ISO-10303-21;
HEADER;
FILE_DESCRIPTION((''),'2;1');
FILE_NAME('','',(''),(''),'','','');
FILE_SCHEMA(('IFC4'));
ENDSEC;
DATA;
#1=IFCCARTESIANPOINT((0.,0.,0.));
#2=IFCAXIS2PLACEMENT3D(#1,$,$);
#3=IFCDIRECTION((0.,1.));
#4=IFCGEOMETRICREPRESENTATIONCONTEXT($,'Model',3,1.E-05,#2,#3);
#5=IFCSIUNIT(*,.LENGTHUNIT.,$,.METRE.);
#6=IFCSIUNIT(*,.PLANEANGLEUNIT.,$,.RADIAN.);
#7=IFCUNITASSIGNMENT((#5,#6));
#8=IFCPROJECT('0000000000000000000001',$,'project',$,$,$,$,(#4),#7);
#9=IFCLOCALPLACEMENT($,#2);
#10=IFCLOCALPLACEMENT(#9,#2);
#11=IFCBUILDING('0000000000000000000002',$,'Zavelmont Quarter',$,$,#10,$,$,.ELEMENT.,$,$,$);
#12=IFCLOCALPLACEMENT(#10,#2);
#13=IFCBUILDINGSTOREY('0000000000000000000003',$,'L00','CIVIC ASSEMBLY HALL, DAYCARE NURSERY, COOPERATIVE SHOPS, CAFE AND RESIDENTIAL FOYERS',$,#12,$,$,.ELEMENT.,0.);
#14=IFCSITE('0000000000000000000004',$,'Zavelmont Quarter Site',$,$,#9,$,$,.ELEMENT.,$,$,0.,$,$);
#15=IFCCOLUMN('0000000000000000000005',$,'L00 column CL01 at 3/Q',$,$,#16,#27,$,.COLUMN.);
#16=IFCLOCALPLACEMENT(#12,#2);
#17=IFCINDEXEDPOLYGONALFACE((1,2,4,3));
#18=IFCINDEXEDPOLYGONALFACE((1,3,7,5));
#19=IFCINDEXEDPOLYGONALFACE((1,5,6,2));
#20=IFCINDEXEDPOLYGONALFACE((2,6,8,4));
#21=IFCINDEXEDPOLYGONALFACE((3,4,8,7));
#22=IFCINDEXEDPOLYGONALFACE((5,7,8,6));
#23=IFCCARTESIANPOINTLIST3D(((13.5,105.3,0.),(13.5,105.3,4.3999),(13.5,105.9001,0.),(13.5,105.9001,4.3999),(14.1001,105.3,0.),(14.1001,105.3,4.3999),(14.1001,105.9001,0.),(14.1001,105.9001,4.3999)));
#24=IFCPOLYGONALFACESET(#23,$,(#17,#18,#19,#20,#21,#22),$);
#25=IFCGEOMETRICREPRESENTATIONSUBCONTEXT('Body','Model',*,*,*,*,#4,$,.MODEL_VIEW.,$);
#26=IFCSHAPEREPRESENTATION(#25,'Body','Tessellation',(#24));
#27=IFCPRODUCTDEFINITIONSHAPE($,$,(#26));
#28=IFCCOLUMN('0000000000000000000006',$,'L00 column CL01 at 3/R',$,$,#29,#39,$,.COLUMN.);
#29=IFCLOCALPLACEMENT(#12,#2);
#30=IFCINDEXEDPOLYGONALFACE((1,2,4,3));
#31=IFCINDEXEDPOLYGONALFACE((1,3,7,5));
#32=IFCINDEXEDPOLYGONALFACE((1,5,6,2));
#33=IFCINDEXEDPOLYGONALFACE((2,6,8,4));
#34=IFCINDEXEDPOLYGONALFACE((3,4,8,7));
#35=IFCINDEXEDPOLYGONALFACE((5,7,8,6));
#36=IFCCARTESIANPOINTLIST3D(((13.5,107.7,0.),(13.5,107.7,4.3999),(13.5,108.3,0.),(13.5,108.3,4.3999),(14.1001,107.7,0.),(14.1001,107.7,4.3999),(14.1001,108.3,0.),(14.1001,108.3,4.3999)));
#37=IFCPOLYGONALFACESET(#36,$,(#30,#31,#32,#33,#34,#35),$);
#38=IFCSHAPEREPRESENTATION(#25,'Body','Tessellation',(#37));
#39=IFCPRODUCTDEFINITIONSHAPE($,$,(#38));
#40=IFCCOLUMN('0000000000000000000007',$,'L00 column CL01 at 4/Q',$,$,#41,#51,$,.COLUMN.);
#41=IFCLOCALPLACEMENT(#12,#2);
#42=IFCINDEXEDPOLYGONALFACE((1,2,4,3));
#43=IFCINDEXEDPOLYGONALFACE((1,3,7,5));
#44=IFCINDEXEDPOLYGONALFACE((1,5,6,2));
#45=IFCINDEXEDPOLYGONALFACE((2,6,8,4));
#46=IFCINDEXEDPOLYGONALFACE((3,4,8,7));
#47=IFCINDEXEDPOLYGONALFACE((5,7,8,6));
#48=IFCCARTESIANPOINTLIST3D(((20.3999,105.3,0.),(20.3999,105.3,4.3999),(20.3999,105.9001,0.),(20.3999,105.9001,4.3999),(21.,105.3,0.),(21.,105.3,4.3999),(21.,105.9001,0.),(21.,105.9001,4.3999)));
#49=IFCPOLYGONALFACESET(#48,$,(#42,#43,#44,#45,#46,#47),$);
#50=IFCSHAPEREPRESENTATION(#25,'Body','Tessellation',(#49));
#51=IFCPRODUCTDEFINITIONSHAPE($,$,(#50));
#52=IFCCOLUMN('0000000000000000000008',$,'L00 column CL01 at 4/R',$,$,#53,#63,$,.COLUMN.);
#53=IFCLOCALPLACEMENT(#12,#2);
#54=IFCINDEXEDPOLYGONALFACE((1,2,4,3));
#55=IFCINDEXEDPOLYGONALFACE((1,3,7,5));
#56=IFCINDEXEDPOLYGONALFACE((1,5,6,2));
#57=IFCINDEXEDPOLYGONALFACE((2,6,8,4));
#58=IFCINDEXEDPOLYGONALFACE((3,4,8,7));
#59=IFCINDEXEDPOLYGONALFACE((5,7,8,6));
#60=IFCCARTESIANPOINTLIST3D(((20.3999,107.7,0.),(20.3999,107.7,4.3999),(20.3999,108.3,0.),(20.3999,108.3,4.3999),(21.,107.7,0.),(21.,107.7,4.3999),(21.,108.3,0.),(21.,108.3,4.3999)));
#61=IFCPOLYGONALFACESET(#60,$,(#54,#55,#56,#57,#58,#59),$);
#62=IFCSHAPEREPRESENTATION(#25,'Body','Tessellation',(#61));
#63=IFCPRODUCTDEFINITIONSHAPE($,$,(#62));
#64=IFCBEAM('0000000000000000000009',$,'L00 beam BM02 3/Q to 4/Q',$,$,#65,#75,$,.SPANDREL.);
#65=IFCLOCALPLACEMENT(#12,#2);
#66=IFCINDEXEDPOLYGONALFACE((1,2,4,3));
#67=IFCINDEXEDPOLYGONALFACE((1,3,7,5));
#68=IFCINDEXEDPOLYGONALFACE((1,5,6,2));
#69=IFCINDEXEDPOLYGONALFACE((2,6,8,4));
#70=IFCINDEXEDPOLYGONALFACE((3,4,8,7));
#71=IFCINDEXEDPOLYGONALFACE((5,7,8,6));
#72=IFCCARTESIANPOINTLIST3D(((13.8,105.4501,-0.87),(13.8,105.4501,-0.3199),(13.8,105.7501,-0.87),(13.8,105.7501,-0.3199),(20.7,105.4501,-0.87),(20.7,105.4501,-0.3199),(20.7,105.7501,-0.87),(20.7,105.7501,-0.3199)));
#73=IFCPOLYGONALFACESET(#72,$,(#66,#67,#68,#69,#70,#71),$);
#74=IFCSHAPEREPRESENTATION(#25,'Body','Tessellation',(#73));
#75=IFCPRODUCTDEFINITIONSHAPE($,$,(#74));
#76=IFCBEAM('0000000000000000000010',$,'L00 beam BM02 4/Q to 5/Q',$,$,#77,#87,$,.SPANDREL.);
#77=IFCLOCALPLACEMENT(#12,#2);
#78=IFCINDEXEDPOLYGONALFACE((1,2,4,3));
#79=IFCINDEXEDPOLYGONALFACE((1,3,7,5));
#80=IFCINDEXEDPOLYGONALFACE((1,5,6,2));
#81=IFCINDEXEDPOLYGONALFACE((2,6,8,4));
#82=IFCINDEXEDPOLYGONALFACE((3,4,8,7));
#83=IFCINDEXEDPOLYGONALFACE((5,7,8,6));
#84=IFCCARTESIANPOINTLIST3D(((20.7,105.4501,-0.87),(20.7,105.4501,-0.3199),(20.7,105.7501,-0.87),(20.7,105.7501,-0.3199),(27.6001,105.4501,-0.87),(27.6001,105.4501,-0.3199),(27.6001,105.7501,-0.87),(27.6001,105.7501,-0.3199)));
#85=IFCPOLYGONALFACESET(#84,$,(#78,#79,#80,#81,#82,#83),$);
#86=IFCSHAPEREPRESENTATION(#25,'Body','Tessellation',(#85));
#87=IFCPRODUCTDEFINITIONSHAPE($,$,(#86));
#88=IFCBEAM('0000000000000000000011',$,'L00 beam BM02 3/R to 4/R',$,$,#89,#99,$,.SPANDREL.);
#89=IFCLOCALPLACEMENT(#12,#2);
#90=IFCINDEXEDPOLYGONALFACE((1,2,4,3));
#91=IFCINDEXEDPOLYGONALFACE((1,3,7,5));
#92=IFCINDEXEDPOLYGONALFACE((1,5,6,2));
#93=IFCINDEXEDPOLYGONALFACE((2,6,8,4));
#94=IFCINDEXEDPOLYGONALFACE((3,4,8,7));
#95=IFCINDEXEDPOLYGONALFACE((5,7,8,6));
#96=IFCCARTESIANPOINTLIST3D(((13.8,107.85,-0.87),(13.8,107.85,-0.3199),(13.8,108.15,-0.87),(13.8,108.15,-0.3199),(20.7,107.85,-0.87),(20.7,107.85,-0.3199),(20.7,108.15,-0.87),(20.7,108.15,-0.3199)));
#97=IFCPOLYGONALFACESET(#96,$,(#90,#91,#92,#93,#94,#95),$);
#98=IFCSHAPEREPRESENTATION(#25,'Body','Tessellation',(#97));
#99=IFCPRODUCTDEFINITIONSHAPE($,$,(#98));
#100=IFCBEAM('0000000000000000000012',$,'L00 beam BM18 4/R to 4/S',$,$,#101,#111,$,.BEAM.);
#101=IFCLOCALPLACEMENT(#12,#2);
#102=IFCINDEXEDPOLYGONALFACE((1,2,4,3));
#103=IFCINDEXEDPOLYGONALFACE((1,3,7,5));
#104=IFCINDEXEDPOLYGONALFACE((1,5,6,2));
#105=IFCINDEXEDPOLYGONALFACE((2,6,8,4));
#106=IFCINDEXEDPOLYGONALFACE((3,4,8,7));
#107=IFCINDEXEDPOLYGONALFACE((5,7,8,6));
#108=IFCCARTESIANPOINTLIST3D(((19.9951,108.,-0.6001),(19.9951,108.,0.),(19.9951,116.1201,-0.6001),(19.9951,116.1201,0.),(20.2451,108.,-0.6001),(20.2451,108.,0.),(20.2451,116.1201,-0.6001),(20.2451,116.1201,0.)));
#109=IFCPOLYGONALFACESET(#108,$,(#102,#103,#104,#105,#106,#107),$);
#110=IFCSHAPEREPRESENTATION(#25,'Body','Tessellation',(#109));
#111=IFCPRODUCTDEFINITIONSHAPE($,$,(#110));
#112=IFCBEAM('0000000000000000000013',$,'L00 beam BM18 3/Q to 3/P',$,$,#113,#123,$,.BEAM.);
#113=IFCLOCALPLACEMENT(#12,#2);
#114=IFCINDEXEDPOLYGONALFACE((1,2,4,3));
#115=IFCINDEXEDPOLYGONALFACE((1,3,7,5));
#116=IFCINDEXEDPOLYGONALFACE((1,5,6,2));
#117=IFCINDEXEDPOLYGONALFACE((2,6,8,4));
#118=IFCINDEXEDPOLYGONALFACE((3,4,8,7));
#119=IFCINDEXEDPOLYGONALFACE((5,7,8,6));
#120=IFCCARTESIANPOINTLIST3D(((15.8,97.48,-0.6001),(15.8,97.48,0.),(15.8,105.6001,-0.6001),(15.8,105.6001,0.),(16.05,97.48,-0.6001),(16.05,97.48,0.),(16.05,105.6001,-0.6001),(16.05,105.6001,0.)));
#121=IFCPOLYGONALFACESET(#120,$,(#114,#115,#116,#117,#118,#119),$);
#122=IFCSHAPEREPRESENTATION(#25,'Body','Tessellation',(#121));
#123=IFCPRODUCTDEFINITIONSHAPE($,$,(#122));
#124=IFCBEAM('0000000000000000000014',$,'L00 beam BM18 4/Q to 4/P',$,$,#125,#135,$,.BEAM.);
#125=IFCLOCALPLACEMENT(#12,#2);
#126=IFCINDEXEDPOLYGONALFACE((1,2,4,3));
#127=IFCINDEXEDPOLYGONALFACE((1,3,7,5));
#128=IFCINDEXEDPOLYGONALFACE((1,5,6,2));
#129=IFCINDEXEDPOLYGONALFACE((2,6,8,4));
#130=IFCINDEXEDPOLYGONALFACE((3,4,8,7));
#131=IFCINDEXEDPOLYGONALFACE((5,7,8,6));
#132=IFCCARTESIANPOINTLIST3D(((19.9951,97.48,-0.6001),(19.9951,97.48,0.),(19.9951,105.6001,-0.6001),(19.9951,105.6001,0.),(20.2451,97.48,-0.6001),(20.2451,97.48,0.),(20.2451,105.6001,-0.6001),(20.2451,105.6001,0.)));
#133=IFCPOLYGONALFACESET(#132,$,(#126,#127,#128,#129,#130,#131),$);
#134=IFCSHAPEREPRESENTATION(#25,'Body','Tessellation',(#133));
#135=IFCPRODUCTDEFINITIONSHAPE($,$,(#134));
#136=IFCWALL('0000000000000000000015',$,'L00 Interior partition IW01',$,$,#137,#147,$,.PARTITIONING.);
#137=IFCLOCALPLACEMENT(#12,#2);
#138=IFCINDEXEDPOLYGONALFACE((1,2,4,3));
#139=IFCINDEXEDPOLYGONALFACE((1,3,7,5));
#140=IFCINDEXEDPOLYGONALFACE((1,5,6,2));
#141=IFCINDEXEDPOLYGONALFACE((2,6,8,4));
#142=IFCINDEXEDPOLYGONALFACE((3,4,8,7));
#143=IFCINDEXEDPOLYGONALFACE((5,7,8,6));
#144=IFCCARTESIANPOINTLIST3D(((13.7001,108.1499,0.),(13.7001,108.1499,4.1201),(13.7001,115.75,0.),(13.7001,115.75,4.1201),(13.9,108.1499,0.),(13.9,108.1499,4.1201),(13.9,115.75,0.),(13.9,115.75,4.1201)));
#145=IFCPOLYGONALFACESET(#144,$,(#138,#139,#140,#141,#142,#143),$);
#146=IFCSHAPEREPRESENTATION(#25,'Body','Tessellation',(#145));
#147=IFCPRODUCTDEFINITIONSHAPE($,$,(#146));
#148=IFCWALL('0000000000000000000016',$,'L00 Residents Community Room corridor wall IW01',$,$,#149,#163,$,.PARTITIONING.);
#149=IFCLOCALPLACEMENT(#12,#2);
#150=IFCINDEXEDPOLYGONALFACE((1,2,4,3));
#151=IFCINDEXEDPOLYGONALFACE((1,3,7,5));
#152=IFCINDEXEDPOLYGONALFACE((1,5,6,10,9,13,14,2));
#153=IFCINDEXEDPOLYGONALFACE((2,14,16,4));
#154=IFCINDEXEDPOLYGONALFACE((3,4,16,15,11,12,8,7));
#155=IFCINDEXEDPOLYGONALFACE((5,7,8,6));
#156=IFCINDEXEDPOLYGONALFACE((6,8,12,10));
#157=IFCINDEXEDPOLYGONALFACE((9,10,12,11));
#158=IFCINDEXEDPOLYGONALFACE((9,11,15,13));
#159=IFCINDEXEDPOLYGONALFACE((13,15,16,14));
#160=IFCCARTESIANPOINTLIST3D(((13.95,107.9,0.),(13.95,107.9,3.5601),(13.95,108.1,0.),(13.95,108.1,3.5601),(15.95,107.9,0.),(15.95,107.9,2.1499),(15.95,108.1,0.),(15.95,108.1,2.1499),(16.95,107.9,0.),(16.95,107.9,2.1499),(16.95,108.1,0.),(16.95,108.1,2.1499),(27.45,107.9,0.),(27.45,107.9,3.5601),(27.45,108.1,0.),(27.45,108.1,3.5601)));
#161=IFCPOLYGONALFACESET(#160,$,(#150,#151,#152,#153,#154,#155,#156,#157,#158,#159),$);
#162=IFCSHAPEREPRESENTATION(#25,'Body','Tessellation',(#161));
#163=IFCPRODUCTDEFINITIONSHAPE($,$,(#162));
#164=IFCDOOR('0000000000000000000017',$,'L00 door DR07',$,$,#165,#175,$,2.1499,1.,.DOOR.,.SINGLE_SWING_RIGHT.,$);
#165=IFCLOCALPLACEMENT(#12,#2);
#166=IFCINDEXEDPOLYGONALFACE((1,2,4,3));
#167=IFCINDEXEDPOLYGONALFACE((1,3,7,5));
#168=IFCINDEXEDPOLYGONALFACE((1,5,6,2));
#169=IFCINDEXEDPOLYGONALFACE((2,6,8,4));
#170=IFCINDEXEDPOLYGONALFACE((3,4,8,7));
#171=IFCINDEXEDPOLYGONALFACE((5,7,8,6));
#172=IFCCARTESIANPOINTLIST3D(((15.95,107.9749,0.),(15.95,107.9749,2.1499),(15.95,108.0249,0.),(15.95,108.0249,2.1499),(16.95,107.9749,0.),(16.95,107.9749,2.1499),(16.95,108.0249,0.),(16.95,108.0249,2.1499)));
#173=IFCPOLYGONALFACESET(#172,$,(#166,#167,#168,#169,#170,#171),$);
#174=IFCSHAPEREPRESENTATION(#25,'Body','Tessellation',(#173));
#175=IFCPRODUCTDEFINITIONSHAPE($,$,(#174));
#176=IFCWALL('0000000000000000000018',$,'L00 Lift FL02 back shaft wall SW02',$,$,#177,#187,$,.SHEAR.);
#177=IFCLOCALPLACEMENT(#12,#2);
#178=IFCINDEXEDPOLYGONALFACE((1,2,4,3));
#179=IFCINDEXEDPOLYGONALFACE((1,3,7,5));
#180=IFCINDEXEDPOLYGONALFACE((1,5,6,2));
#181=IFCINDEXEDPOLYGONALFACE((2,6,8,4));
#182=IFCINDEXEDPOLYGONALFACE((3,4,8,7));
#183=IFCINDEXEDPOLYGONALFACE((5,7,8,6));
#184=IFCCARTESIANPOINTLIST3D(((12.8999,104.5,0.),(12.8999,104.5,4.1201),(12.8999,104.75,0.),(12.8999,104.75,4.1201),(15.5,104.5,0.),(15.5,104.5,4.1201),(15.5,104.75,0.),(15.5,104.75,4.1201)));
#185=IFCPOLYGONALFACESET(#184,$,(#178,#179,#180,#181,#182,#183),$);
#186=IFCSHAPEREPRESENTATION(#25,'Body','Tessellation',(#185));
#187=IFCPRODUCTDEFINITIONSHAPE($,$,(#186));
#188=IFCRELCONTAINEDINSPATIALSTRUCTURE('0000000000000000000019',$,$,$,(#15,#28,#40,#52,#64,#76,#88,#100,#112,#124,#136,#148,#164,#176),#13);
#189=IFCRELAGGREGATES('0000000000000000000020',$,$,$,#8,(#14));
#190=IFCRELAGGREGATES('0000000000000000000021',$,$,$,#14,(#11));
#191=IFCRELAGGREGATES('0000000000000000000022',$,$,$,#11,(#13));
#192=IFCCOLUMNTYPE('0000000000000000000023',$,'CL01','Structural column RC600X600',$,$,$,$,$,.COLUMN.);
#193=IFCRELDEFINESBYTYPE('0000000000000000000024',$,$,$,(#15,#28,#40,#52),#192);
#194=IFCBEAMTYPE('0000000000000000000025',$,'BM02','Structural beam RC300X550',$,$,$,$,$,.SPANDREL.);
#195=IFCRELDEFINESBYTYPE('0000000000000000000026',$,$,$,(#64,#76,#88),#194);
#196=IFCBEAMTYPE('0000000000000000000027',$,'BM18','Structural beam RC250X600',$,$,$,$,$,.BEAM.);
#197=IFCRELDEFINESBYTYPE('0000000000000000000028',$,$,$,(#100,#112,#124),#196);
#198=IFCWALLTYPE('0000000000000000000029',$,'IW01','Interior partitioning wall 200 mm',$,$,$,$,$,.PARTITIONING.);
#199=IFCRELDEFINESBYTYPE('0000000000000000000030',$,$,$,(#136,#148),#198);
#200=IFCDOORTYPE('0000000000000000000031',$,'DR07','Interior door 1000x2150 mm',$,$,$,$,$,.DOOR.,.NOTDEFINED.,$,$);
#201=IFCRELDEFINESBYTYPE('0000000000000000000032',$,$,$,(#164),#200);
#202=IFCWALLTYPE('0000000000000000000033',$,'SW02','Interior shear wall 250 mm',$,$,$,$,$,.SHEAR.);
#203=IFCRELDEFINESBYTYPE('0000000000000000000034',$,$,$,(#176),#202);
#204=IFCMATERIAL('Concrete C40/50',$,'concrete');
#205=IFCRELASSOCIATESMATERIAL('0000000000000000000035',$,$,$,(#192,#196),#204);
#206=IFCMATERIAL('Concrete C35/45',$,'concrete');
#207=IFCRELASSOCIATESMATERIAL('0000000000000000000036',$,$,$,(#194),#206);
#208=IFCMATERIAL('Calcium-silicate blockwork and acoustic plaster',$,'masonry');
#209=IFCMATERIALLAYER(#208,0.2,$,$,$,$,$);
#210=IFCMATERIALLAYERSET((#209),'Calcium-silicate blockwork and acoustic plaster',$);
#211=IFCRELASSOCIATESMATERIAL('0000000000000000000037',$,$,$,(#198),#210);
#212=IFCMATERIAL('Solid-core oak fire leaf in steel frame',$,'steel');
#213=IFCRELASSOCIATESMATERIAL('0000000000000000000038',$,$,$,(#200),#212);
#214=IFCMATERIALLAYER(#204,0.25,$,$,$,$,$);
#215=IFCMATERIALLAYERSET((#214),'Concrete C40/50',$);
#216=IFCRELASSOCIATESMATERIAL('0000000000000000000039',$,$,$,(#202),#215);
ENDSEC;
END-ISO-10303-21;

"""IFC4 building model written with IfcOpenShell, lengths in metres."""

from ifc_helpers import new_model, si_unit, direction, frame, frame_2d, origin, origin_with_axes, origin_2d, place, context, subcontext, project, spatial, rectangle, extrude, material, layer, layer_set, material_profile, profile_set, type_object, element, fill, save


model = new_model("IFC4")

# Units and contexts
model_context = context("Model", 3, precision=1e-05, world=origin(), true_north=direction((0.0, 1.0)))
body_context = subcontext(model_context, "Body", "Model", "MODEL_VIEW")
ifc_project = project(units=[si_unit("LENGTHUNIT", "METRE"), si_unit("PLANEANGLEUNIT", "RADIAN")], contexts=[model_context])

# Site, building, storey
site_placement = place(None, origin())
site = spatial("IfcSite", under=ifc_project, at=site_placement, Name="Zavelmont Quarter Site", CompositionType="ELEMENT", RefElevation=0.0)
building_placement = place(site_placement, origin())
building = spatial("IfcBuilding", under=site, at=building_placement, Name="Zavelmont Quarter", CompositionType="ELEMENT")
storey_placement = place(building_placement, origin())
storey = spatial("IfcBuildingStorey", under=building, at=storey_placement, Name="L00", Description="CIVIC ASSEMBLY HALL, DAYCARE NURSERY, COOPERATIVE SHOPS, CAFE AND RESIDENTIAL FOYERS", CompositionType="ELEMENT", Elevation=0.0)

# Columns
ifc_material_1 = material(Name="Concrete C40/50", Category="concrete")
ifc_material_profile_1 = material_profile(ifc_material_1, rectangle(XDim=0.6001, YDim=0.6001, at=origin_2d()), Name="RC600X600")
ifc_profile_set_1 = profile_set([ifc_material_profile_1], Name="Concrete C40/50")
column_type = type_object("IfcColumnType", Name="CL01", Description="Structural column RC600X600", PredefinedType="COLUMN", material=ifc_profile_set_1)
for number, where, z_axis, x_axis, name in (
    (1, (13.8, 105.6001, 0.0), (0.0, 0.0, 1.0), (1.0, 0.0, 0.0), "L00 column CL01 at 3/Q"),
    (2, (13.8, 108.0, 0.0), (0.0, 0.0, 1.0), (1.0, 0.0, 0.0), "L00 column CL01 at 3/R"),
    (3, (20.7, 105.6001, 0.0), (0.0, 0.0, 1.0), (1.0, 0.0, 0.0), "L00 column CL01 at 4/Q"),
    (4, (20.7, 108.0, 0.0), (0.0, 0.0, 1.0), (1.0, 0.0, 0.0), "L00 column CL01 at 4/R"),
):
    element("IfcColumn", number, at=place(storey_placement, frame(where, z_axis=z_axis, x_axis=x_axis)), inside=storey, type_object=column_type, Name=name, PredefinedType="COLUMN", context=body_context, shape_type="SweptSolid", body=[
        extrude(rectangle(XDim=0.6001, YDim=0.6001, at=origin_2d()), origin(), (0.0, 0.0, 1.0), 4.3999),
    ])

# Beams
ifc_material_2 = material(Name="Concrete C35/45", Category="concrete")
ifc_material_profile_2 = material_profile(ifc_material_2, rectangle(XDim=0.3, YDim=0.55, at=origin_2d()), Name="RC300X550")
ifc_profile_set_2 = profile_set([ifc_material_profile_2], Name="Concrete C35/45")
beam_type_1 = type_object("IfcBeamType", Name="BM02", Description="Structural beam RC300X550", PredefinedType="SPANDREL", material=ifc_profile_set_2)
beam_1_placement = place(storey_placement, frame((13.8, 105.6001, -0.595), z_axis=(1.0, 0.0, 0.0), x_axis=(0.0, 1.0, 0.0)))
element("IfcBeam", 5, at=beam_1_placement, inside=storey, type_object=beam_type_1, Name="L00 beam BM02 3/Q to 4/Q", PredefinedType="SPANDREL", context=body_context, shape_type="SweptSolid", body=[
    extrude(rectangle(XDim=0.3, YDim=0.55, at=origin_2d()), origin(), (0.0, 0.0, 1.0), 6.8999),
])
beam_2_placement = place(storey_placement, frame((20.7, 105.6001, -0.595), z_axis=(1.0, 0.0, 0.0), x_axis=(0.0, 1.0, 0.0)))
element("IfcBeam", 6, at=beam_2_placement, inside=storey, type_object=beam_type_1, Name="L00 beam BM02 4/Q to 5/Q", PredefinedType="SPANDREL", context=body_context, shape_type="SweptSolid", body=[
    extrude(rectangle(XDim=0.3, YDim=0.55, at=origin_2d()), origin(), (0.0, 0.0, 1.0), 6.9001),
])
beam_3_placement = place(storey_placement, frame((13.8, 108.0, -0.595), z_axis=(1.0, 0.0, 0.0), x_axis=(0.0, 1.0, 0.0)))
element("IfcBeam", 7, at=beam_3_placement, inside=storey, type_object=beam_type_1, Name="L00 beam BM02 3/R to 4/R", PredefinedType="SPANDREL", context=body_context, shape_type="SweptSolid", body=[
    extrude(rectangle(XDim=0.3, YDim=0.55, at=origin_2d()), origin(), (0.0, 0.0, 1.0), 6.8999),
])
ifc_material_profile_3 = material_profile(ifc_material_1, rectangle(XDim=0.25, YDim=0.6001, at=origin_2d()), Name="RC250X600")
ifc_profile_set_3 = profile_set([ifc_material_profile_3], Name="Concrete C40/50")
beam_type_2 = type_object("IfcBeamType", Name="BM18", Description="Structural beam RC250X600", PredefinedType="BEAM", material=ifc_profile_set_3)
for number, where, z_axis, x_axis, name in (
    (8, (20.1201, 108.0, -0.3), (0.0, 1.0, 0.0), (-1.0, 0.0, 0.0), "L00 beam BM18 4/R to 4/S"),
    (9, (15.925, 105.6001, -0.3), (0.0, -1.0, 0.0), (1.0, 0.0, 0.0), "L00 beam BM18 3/Q to 3/P"),
    (10, (20.1201, 105.6001, -0.3), (0.0, -1.0, 0.0), (1.0, 0.0, 0.0), "L00 beam BM18 4/Q to 4/P"),
):
    element("IfcBeam", number, at=place(storey_placement, frame(where, z_axis=z_axis, x_axis=x_axis)), inside=storey, type_object=beam_type_2, Name=name, PredefinedType="BEAM", context=body_context, shape_type="SweptSolid", body=[
        extrude(rectangle(XDim=0.25, YDim=0.6001, at=origin_2d()), origin(), (0.0, 0.0, 1.0), 8.1201),
    ])

# Wall
ifc_material_3 = material(Name="Calcium-silicate blockwork and acoustic plaster", Category="masonry")
ifc_layer_1 = layer(ifc_material_3, 0.2)
ifc_layer_set_1 = layer_set([ifc_layer_1], Name="Calcium-silicate blockwork and acoustic plaster")
wall_type_1 = type_object("IfcWallType", Name="IW01", Description="Interior partitioning wall 200 mm", PredefinedType="PARTITIONING", material=ifc_layer_set_1)
wall_1_placement = place(storey_placement, frame((13.8, 108.1499, 0.0), z_axis=(0.0, 0.0, 1.0), x_axis=(0.0, 1.0, 0.0)))
element("IfcWall", 11, at=wall_1_placement, inside=storey, type_object=wall_type_1, Name="L00 Interior partition IW01", PredefinedType="PARTITIONING", context=body_context, shape_type="SweptSolid", body=[
    extrude(rectangle(XDim=7.6001, YDim=0.2, at=frame_2d((3.8, 0.0))), origin(), (0.0, 0.0, 1.0), 4.1201),
])

# Wall, opening, door
wall_2_placement = place(storey_placement, frame((13.95, 108.0, 0.0), z_axis=(0.0, 0.0, 1.0), x_axis=(1.0, 0.0, 0.0)))
wall_2 = element("IfcWall", 12, at=wall_2_placement, inside=storey, type_object=wall_type_1, Name="L00 Residents Community Room corridor wall IW01", PredefinedType="PARTITIONING", context=body_context, shape_type="SweptSolid", body=[
    extrude(rectangle(XDim=13.5, YDim=0.2, at=frame_2d((6.75, 0.0))), origin(), (0.0, 0.0, 1.0), 3.5601),
])
opening_1_placement = place(wall_2_placement, frame((2.0, 0.0, 0.0)))
opening_1 = element("IfcOpeningElement", 13, at=opening_1_placement, cuts=wall_2, PredefinedType="OPENING", context=body_context, shape_type="SweptSolid", body=[
    extrude(rectangle(XDim=1.0, YDim=2.1499, at=frame_2d((0.5, 1.075))), frame((0.0, 0.1118, 0.0), z_axis=(0.0, -1.0, 0.0), x_axis=(1.0, 0.0, 0.0)), (0.0, 0.0, 1.0), 0.2239),
])
ifc_material_4 = material(Name="Solid-core oak fire leaf in steel frame", Category="steel")
door_type_1 = type_object("IfcDoorType", Name="DR07", Description="Interior door 1000x2150 mm", OperationType="NOTDEFINED", PredefinedType="DOOR", material=ifc_material_4)
door_1_placement = place(opening_1_placement, origin_with_axes())
door_1 = element("IfcDoor", 14, at=door_1_placement, inside=storey, type_object=door_type_1, Name="L00 door DR07", OperationType="SINGLE_SWING_RIGHT", OverallHeight=2.1499, OverallWidth=1.0, PredefinedType="DOOR", context=body_context, shape_type="SweptSolid", body=[
    extrude(rectangle(XDim=1.0, YDim=2.1499, at=frame_2d((0.5, 1.075))), frame((0.0, 0.0249, 0.0), z_axis=(0.0, -1.0, 0.0), x_axis=(1.0, 0.0, 0.0)), (0.0, 0.0, 1.0), 0.05),
])
fill(opening_1, door_1)

# Wall
ifc_layer_2 = layer(ifc_material_1, 0.25)
ifc_layer_set_2 = layer_set([ifc_layer_2], Name="Concrete C40/50")
wall_type_2 = type_object("IfcWallType", Name="SW02", Description="Interior shear wall 250 mm", PredefinedType="SHEAR", material=ifc_layer_set_2)
wall_3_placement = place(storey_placement, frame((12.8999, 104.625, 0.0), z_axis=(0.0, 0.0, 1.0), x_axis=(1.0, 0.0, 0.0)))
element("IfcWall", 15, at=wall_3_placement, inside=storey, type_object=wall_type_2, Name="L00 Lift FL02 back shaft wall SW02", PredefinedType="SHEAR", context=body_context, shape_type="SweptSolid", body=[
    extrude(rectangle(XDim=2.6001, YDim=0.25, at=frame_2d((1.3, 0.0))), origin(), (0.0, 0.0, 1.0), 4.1201),
])

save(model, "model.ifc")
